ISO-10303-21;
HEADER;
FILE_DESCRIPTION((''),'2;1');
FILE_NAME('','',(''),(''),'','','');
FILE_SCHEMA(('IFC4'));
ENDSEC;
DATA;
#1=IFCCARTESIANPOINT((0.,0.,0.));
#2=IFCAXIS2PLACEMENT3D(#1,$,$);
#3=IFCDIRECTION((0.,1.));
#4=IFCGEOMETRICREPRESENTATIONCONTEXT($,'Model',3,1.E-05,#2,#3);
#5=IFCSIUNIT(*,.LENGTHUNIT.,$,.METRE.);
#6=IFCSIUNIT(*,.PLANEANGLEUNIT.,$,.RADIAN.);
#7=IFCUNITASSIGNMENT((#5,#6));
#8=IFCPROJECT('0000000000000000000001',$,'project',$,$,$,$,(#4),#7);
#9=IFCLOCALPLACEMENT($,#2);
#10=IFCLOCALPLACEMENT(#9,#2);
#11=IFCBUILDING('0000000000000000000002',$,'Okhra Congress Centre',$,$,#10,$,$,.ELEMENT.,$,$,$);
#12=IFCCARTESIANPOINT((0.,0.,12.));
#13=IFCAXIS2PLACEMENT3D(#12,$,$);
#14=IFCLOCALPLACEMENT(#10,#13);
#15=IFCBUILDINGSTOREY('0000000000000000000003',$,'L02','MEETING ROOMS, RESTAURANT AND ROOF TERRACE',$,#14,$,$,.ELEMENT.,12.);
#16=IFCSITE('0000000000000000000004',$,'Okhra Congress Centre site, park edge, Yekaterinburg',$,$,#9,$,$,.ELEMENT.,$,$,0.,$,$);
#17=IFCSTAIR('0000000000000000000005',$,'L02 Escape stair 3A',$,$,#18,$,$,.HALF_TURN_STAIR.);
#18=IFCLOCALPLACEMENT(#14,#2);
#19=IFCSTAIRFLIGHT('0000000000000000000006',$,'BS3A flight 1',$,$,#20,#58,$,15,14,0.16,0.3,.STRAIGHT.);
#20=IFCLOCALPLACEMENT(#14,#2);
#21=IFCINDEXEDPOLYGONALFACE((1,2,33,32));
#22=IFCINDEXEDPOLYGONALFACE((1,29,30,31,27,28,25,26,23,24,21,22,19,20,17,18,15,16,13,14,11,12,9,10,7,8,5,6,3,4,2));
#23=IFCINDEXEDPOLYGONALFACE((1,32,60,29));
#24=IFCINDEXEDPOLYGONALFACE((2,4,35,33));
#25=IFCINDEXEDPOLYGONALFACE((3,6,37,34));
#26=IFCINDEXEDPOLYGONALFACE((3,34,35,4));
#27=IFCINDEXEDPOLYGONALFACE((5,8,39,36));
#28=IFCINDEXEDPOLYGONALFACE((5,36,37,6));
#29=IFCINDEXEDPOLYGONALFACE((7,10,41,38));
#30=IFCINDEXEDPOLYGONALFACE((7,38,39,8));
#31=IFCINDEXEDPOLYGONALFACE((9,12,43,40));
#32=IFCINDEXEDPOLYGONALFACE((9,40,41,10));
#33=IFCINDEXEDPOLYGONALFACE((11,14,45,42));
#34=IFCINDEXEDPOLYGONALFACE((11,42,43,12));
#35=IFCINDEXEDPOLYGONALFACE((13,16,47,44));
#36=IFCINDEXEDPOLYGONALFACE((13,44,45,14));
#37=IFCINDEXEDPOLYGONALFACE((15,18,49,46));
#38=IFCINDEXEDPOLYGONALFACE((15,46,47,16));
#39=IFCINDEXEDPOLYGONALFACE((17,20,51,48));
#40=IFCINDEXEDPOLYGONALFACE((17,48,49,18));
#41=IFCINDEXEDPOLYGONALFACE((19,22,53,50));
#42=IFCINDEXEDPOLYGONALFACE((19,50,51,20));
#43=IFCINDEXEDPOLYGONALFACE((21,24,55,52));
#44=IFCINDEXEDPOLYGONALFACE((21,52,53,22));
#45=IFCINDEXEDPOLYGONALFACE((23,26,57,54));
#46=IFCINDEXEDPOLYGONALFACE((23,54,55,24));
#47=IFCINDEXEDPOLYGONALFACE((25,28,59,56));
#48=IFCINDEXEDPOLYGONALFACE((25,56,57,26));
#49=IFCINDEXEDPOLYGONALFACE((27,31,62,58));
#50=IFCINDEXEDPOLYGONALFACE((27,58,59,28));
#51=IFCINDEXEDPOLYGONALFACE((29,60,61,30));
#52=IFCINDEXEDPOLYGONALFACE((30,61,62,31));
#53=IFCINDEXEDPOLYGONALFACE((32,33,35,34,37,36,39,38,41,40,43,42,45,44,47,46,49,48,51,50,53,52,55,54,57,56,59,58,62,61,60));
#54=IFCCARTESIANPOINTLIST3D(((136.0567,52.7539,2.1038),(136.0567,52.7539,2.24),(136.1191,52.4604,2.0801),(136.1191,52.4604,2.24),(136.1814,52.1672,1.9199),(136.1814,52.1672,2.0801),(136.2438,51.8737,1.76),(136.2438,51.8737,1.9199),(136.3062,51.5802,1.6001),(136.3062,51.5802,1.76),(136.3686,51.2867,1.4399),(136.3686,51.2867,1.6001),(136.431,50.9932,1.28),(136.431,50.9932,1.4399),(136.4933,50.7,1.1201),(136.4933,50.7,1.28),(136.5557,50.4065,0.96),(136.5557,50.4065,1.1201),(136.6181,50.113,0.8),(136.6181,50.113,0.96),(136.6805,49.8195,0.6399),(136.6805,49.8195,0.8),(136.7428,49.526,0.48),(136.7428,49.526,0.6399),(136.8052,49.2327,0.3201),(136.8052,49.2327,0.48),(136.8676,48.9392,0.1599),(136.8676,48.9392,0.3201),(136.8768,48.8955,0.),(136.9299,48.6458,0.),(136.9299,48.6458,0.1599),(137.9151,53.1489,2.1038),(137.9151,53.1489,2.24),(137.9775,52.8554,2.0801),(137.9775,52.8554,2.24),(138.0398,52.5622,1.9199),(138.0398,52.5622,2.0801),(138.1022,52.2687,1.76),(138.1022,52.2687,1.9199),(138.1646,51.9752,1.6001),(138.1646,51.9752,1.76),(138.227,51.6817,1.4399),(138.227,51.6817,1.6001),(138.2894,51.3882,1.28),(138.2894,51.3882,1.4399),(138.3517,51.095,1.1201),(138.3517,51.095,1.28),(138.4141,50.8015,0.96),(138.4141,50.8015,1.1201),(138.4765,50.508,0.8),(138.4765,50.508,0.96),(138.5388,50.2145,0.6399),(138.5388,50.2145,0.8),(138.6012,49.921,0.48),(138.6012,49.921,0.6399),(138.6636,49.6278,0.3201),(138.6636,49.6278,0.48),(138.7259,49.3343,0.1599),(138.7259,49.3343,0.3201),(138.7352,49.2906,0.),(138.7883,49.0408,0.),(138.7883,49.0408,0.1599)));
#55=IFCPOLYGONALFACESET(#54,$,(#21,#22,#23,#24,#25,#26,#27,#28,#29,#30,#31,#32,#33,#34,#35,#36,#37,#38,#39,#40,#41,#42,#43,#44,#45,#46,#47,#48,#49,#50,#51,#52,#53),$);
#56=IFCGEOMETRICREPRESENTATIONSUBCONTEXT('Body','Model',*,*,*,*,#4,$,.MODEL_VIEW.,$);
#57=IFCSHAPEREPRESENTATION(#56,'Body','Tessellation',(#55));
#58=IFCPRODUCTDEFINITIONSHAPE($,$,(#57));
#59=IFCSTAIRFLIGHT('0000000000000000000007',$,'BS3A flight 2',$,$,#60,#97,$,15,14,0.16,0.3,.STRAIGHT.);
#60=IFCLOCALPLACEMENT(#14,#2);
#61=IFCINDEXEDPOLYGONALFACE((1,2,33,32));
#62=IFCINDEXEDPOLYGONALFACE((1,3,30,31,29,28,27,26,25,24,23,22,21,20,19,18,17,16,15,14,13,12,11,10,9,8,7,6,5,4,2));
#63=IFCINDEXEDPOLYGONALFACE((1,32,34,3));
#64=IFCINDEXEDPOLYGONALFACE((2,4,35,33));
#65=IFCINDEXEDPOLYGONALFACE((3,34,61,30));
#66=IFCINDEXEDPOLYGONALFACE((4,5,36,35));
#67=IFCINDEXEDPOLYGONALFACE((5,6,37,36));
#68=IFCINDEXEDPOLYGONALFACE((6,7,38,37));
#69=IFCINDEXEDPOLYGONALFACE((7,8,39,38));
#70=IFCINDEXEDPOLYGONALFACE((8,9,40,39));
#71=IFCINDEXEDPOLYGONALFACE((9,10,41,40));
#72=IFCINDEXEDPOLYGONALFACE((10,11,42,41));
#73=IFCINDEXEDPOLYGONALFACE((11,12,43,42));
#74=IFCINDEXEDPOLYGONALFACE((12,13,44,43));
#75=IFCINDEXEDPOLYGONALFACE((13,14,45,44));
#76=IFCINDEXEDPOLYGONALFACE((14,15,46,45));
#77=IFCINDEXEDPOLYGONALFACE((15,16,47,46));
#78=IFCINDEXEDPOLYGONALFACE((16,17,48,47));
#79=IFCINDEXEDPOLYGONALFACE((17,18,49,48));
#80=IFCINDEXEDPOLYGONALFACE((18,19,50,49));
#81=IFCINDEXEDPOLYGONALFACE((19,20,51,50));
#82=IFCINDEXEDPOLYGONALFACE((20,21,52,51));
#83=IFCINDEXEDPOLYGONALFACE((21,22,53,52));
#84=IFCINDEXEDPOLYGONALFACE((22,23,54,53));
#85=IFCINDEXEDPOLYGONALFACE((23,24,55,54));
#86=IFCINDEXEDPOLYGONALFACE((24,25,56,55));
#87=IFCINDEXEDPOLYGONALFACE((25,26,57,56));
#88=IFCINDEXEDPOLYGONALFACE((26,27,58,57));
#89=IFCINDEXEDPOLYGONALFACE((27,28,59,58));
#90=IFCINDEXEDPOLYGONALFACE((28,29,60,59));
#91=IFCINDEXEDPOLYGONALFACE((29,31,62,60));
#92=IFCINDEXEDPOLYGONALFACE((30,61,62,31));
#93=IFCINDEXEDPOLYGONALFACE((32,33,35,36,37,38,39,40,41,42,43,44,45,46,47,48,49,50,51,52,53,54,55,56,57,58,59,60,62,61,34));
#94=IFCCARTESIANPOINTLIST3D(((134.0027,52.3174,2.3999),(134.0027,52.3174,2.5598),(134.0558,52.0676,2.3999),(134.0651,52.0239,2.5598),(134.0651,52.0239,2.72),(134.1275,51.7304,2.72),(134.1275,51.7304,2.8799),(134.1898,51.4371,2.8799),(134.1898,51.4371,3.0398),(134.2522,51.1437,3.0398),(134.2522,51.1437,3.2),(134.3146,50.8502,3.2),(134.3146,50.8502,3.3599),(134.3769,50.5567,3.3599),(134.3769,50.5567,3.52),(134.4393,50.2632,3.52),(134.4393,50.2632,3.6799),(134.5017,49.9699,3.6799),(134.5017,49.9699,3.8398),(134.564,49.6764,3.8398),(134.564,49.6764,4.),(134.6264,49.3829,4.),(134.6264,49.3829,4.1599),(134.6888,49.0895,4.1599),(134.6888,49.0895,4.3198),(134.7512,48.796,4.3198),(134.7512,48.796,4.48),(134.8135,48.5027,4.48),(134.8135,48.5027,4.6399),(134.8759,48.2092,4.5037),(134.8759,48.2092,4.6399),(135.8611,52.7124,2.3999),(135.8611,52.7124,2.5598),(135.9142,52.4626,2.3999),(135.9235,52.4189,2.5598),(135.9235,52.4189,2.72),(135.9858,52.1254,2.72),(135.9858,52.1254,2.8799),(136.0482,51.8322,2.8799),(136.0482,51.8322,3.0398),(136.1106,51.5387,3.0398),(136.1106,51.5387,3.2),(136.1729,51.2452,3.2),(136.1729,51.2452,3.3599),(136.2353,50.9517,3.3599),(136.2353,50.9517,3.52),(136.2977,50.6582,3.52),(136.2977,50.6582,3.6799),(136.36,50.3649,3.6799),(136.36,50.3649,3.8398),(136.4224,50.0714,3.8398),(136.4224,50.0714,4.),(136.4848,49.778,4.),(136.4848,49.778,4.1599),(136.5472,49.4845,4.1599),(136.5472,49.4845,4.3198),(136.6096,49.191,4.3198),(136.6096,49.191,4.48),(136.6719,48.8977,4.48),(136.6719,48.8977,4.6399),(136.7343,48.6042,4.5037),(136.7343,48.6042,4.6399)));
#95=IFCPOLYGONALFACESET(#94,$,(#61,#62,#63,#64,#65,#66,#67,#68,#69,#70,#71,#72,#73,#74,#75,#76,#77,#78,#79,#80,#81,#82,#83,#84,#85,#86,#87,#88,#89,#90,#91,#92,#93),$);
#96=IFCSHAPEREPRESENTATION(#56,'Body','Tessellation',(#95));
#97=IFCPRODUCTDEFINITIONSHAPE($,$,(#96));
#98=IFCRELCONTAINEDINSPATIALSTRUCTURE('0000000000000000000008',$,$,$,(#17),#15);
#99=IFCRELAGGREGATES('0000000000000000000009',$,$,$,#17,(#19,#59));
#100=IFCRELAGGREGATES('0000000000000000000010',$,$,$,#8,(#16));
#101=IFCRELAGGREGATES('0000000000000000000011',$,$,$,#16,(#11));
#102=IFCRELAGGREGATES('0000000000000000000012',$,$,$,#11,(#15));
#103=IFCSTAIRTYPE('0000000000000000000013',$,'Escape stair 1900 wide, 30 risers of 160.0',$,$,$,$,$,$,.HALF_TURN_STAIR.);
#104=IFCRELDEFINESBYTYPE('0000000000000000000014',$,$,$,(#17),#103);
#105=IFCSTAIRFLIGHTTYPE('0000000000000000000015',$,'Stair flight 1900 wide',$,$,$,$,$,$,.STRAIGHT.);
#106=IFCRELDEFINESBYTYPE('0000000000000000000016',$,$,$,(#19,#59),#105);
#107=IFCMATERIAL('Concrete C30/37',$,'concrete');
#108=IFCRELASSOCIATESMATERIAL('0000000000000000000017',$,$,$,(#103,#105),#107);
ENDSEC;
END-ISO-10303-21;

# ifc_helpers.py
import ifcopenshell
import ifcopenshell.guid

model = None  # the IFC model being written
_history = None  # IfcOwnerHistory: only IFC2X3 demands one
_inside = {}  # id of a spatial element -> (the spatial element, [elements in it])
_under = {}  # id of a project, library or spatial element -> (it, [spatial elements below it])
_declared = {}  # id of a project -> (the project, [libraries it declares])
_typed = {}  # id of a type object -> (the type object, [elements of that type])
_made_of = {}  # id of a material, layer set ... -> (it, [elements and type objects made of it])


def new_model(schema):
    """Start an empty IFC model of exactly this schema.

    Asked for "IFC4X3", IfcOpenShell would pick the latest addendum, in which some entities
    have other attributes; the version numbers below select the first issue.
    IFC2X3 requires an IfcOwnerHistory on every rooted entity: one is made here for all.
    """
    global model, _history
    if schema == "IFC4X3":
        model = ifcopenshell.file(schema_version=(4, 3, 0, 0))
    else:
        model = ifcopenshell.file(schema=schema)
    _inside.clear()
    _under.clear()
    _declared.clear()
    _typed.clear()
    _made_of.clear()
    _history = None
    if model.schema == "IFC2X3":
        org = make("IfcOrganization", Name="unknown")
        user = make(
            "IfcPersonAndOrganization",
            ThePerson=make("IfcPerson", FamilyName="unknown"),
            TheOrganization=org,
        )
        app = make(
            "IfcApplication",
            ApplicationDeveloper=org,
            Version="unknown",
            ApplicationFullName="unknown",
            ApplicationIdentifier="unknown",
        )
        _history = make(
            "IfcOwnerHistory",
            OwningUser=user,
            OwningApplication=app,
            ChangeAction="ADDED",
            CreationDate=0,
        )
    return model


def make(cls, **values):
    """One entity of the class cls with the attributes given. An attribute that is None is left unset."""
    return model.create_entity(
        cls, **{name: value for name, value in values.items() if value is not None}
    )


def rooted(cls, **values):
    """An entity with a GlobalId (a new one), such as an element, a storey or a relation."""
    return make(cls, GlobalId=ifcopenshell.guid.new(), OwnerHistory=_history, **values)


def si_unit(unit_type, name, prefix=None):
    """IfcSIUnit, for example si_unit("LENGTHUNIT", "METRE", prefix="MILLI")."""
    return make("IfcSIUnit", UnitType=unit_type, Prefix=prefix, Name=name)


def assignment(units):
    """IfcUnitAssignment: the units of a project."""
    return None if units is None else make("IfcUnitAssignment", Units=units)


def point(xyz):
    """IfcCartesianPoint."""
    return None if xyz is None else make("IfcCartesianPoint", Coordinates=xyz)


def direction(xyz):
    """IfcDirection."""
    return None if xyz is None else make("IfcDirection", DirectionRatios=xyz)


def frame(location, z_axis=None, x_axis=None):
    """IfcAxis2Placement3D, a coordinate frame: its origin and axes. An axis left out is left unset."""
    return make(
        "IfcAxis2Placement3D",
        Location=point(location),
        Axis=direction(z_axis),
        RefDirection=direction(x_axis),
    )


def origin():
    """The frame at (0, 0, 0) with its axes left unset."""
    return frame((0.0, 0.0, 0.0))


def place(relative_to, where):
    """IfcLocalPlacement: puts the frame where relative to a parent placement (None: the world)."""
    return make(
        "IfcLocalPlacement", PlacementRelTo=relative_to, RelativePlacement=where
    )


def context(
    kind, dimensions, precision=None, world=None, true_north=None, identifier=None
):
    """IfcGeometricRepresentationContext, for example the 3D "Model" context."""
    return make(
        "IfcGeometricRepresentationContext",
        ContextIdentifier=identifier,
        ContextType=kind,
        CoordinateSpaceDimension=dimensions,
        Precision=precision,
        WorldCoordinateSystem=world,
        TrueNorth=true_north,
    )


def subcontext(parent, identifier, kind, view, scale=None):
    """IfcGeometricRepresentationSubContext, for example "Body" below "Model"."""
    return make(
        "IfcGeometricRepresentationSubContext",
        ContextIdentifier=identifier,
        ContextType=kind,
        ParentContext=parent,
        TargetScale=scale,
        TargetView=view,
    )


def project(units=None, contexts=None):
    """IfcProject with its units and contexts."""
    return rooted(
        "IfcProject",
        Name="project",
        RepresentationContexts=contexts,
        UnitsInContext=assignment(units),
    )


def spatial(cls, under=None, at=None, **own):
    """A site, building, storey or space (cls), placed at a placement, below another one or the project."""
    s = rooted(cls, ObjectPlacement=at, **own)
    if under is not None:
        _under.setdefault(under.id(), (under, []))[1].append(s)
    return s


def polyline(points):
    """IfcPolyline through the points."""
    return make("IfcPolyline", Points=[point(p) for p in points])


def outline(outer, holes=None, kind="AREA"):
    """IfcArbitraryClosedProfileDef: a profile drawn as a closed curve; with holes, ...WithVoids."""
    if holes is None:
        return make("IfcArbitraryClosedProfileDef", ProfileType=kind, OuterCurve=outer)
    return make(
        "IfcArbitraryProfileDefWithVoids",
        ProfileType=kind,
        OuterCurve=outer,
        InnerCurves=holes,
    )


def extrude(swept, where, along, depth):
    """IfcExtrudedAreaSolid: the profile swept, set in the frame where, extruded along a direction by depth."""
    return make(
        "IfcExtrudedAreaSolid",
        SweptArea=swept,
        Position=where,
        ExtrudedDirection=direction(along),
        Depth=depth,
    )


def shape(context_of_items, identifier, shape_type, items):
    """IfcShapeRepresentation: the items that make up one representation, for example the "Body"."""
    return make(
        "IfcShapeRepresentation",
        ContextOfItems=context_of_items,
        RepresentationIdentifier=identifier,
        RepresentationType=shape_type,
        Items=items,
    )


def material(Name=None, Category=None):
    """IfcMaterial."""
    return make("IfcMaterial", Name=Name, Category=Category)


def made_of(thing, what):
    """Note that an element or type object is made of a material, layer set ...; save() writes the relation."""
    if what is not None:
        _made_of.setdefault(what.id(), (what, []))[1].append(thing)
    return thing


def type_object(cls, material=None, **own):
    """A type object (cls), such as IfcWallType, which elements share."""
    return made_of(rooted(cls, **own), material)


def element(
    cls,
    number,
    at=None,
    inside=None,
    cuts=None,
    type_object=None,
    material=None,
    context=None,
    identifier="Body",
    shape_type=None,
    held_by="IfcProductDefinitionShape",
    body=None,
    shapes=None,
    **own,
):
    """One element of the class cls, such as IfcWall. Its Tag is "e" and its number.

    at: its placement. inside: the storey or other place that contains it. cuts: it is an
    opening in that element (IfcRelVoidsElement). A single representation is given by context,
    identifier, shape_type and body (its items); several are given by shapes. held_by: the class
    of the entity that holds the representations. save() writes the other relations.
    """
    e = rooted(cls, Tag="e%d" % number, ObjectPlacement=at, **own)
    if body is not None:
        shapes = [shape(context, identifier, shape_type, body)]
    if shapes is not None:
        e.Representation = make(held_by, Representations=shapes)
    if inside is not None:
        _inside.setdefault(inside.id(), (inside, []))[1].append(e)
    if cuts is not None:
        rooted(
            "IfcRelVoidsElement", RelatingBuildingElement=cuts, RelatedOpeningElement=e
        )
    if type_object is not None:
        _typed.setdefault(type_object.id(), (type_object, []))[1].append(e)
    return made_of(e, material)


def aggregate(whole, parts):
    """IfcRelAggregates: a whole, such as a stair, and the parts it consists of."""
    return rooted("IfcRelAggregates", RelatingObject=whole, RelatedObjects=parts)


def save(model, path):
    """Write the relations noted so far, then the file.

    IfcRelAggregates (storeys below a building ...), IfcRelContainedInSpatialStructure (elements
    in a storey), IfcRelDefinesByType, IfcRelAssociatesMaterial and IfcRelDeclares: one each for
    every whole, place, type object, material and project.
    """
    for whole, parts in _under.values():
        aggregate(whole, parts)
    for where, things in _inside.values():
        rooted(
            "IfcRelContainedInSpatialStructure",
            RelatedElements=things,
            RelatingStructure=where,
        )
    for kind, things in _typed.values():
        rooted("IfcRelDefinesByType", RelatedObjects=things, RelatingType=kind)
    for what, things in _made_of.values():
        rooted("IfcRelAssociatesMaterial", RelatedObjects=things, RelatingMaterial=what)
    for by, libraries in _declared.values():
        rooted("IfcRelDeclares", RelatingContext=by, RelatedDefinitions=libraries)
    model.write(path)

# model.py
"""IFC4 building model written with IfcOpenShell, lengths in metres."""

from ifc_helpers import new_model, si_unit, direction, frame, origin, place, context, subcontext, project, spatial, polyline, outline, extrude, material, type_object, element, aggregate, save


model = new_model("IFC4")

# Units and contexts
model_context = context("Model", 3, precision=1e-05, world=origin(), true_north=direction((0.0, 1.0)))
body_context = subcontext(model_context, "Body", "Model", "MODEL_VIEW")
ifc_project = project(units=[si_unit("LENGTHUNIT", "METRE"), si_unit("PLANEANGLEUNIT", "RADIAN")], contexts=[model_context])

# Site, building, storey
site_placement = place(None, origin())
site = spatial("IfcSite", under=ifc_project, at=site_placement, Name="Okhra Congress Centre site, park edge, Yekaterinburg", CompositionType="ELEMENT", RefElevation=0.0)
building_placement = place(site_placement, origin())
building = spatial("IfcBuilding", under=site, at=building_placement, Name="Okhra Congress Centre", CompositionType="ELEMENT")
storey_placement = place(building_placement, frame((0.0, 0.0, 12.0)))
storey = spatial("IfcBuildingStorey", under=building, at=storey_placement, Name="L02", Description="MEETING ROOMS, RESTAURANT AND ROOF TERRACE", CompositionType="ELEMENT", Elevation=12.0)

# Shared definitions
ifc_material_1 = material(Name="Concrete C30/37", Category="concrete")

# Stair, stair flights
stair_type = type_object("IfcStairType", Name="Escape stair 1900 wide, 30 risers of 160.0", PredefinedType="HALF_TURN_STAIR", material=ifc_material_1)
stair_placement = place(storey_placement, origin())
stair = element("IfcStair", 1, at=stair_placement, inside=storey, type_object=stair_type, Name="L02 Escape stair 3A", PredefinedType="HALF_TURN_STAIR")
stair_flight_type = type_object("IfcStairFlightType", Name="Stair flight 1900 wide", PredefinedType="STRAIGHT", material=ifc_material_1)
stair_flight_1_placement = place(storey_placement, frame((137.8591, 48.8433, 0.0), z_axis=(0.0, 0.0, 1.0), x_axis=(-0.207912, 0.978148, 0.0)))
stair_flight_1 = element("IfcStairFlight", 2, at=stair_flight_1_placement, type_object=stair_flight_type, Name="BS3A flight 1", NumberOfRisers=15, NumberOfTreads=14, PredefinedType="STRAIGHT", RiserHeight=0.16, TreadLength=0.3, context=body_context, shape_type="SweptSolid", body=[
    extrude(outline(polyline([(0.0, 0.0), (0.0, 0.1599), (0.3, 0.1599), (0.3, 0.3201), (0.6001, 0.3201), (0.6001, 0.48), (0.8999, 0.48), (0.8999, 0.6399), (1.2, 0.6399), (1.2, 0.8), (1.5, 0.8), (1.5, 0.96), (1.8, 0.96), (1.8, 1.1201), (2.1001, 1.1201), (2.1001, 1.28), (2.3999, 1.28), (2.3999, 1.4399), (2.7, 1.4399), (2.7, 1.6001), (3.0, 1.6001), (3.0, 1.76), (3.3, 1.76), (3.3, 1.9199), (3.6001, 1.9199), (3.6001, 2.0801), (3.8999, 2.0801), (3.8999, 2.24), (4.2, 2.24), (4.2, 2.3999), (4.2, 2.1038), (0.2554, 0.0), (0.0, 0.0)])), frame((0.0, 0.95, 0.0), z_axis=(0.0, -1.0, 0.0), x_axis=(1.0, 0.0, 0.0)), (0.0, 0.0, 1.0), 1.8999),
])
stair_flight_2_placement = place(storey_placement, frame((134.9319, 52.5149, 2.3999), z_axis=(0.0, 0.0, 1.0), x_axis=(0.207912, -0.978148, 0.0)))
stair_flight_2 = element("IfcStairFlight", 3, at=stair_flight_2_placement, type_object=stair_flight_type, Name="BS3A flight 2", NumberOfRisers=15, NumberOfTreads=14, PredefinedType="STRAIGHT", RiserHeight=0.16, TreadLength=0.3, context=body_context, shape_type="SweptSolid", body=[
    extrude(outline(polyline([(0.0, 0.0), (0.0, 0.1599), (0.3, 0.1599), (0.3, 0.3201), (0.6001, 0.3201), (0.6001, 0.48), (0.8999, 0.48), (0.8999, 0.6399), (1.2, 0.6399), (1.2, 0.8), (1.5, 0.8), (1.5, 0.96), (1.8, 0.96), (1.8, 1.1201), (2.1001, 1.1201), (2.1001, 1.28), (2.3999, 1.28), (2.3999, 1.4399), (2.7, 1.4399), (2.7, 1.6001), (3.0, 1.6001), (3.0, 1.76), (3.3, 1.76), (3.3, 1.9199), (3.6001, 1.9199), (3.6001, 2.0801), (3.8999, 2.0801), (3.8999, 2.24), (4.2, 2.24), (4.2, 2.3999), (4.2, 2.1038), (0.2554, 0.0), (0.0, 0.0)])), frame((0.0, 0.95, 0.0), z_axis=(0.0, -1.0, 0.0), x_axis=(1.0, 0.0, 0.0)), (0.0, 0.0, 1.0), 1.8999),
])
aggregate(stair, [stair_flight_1, stair_flight_2])

save(model, "model.ifc")
